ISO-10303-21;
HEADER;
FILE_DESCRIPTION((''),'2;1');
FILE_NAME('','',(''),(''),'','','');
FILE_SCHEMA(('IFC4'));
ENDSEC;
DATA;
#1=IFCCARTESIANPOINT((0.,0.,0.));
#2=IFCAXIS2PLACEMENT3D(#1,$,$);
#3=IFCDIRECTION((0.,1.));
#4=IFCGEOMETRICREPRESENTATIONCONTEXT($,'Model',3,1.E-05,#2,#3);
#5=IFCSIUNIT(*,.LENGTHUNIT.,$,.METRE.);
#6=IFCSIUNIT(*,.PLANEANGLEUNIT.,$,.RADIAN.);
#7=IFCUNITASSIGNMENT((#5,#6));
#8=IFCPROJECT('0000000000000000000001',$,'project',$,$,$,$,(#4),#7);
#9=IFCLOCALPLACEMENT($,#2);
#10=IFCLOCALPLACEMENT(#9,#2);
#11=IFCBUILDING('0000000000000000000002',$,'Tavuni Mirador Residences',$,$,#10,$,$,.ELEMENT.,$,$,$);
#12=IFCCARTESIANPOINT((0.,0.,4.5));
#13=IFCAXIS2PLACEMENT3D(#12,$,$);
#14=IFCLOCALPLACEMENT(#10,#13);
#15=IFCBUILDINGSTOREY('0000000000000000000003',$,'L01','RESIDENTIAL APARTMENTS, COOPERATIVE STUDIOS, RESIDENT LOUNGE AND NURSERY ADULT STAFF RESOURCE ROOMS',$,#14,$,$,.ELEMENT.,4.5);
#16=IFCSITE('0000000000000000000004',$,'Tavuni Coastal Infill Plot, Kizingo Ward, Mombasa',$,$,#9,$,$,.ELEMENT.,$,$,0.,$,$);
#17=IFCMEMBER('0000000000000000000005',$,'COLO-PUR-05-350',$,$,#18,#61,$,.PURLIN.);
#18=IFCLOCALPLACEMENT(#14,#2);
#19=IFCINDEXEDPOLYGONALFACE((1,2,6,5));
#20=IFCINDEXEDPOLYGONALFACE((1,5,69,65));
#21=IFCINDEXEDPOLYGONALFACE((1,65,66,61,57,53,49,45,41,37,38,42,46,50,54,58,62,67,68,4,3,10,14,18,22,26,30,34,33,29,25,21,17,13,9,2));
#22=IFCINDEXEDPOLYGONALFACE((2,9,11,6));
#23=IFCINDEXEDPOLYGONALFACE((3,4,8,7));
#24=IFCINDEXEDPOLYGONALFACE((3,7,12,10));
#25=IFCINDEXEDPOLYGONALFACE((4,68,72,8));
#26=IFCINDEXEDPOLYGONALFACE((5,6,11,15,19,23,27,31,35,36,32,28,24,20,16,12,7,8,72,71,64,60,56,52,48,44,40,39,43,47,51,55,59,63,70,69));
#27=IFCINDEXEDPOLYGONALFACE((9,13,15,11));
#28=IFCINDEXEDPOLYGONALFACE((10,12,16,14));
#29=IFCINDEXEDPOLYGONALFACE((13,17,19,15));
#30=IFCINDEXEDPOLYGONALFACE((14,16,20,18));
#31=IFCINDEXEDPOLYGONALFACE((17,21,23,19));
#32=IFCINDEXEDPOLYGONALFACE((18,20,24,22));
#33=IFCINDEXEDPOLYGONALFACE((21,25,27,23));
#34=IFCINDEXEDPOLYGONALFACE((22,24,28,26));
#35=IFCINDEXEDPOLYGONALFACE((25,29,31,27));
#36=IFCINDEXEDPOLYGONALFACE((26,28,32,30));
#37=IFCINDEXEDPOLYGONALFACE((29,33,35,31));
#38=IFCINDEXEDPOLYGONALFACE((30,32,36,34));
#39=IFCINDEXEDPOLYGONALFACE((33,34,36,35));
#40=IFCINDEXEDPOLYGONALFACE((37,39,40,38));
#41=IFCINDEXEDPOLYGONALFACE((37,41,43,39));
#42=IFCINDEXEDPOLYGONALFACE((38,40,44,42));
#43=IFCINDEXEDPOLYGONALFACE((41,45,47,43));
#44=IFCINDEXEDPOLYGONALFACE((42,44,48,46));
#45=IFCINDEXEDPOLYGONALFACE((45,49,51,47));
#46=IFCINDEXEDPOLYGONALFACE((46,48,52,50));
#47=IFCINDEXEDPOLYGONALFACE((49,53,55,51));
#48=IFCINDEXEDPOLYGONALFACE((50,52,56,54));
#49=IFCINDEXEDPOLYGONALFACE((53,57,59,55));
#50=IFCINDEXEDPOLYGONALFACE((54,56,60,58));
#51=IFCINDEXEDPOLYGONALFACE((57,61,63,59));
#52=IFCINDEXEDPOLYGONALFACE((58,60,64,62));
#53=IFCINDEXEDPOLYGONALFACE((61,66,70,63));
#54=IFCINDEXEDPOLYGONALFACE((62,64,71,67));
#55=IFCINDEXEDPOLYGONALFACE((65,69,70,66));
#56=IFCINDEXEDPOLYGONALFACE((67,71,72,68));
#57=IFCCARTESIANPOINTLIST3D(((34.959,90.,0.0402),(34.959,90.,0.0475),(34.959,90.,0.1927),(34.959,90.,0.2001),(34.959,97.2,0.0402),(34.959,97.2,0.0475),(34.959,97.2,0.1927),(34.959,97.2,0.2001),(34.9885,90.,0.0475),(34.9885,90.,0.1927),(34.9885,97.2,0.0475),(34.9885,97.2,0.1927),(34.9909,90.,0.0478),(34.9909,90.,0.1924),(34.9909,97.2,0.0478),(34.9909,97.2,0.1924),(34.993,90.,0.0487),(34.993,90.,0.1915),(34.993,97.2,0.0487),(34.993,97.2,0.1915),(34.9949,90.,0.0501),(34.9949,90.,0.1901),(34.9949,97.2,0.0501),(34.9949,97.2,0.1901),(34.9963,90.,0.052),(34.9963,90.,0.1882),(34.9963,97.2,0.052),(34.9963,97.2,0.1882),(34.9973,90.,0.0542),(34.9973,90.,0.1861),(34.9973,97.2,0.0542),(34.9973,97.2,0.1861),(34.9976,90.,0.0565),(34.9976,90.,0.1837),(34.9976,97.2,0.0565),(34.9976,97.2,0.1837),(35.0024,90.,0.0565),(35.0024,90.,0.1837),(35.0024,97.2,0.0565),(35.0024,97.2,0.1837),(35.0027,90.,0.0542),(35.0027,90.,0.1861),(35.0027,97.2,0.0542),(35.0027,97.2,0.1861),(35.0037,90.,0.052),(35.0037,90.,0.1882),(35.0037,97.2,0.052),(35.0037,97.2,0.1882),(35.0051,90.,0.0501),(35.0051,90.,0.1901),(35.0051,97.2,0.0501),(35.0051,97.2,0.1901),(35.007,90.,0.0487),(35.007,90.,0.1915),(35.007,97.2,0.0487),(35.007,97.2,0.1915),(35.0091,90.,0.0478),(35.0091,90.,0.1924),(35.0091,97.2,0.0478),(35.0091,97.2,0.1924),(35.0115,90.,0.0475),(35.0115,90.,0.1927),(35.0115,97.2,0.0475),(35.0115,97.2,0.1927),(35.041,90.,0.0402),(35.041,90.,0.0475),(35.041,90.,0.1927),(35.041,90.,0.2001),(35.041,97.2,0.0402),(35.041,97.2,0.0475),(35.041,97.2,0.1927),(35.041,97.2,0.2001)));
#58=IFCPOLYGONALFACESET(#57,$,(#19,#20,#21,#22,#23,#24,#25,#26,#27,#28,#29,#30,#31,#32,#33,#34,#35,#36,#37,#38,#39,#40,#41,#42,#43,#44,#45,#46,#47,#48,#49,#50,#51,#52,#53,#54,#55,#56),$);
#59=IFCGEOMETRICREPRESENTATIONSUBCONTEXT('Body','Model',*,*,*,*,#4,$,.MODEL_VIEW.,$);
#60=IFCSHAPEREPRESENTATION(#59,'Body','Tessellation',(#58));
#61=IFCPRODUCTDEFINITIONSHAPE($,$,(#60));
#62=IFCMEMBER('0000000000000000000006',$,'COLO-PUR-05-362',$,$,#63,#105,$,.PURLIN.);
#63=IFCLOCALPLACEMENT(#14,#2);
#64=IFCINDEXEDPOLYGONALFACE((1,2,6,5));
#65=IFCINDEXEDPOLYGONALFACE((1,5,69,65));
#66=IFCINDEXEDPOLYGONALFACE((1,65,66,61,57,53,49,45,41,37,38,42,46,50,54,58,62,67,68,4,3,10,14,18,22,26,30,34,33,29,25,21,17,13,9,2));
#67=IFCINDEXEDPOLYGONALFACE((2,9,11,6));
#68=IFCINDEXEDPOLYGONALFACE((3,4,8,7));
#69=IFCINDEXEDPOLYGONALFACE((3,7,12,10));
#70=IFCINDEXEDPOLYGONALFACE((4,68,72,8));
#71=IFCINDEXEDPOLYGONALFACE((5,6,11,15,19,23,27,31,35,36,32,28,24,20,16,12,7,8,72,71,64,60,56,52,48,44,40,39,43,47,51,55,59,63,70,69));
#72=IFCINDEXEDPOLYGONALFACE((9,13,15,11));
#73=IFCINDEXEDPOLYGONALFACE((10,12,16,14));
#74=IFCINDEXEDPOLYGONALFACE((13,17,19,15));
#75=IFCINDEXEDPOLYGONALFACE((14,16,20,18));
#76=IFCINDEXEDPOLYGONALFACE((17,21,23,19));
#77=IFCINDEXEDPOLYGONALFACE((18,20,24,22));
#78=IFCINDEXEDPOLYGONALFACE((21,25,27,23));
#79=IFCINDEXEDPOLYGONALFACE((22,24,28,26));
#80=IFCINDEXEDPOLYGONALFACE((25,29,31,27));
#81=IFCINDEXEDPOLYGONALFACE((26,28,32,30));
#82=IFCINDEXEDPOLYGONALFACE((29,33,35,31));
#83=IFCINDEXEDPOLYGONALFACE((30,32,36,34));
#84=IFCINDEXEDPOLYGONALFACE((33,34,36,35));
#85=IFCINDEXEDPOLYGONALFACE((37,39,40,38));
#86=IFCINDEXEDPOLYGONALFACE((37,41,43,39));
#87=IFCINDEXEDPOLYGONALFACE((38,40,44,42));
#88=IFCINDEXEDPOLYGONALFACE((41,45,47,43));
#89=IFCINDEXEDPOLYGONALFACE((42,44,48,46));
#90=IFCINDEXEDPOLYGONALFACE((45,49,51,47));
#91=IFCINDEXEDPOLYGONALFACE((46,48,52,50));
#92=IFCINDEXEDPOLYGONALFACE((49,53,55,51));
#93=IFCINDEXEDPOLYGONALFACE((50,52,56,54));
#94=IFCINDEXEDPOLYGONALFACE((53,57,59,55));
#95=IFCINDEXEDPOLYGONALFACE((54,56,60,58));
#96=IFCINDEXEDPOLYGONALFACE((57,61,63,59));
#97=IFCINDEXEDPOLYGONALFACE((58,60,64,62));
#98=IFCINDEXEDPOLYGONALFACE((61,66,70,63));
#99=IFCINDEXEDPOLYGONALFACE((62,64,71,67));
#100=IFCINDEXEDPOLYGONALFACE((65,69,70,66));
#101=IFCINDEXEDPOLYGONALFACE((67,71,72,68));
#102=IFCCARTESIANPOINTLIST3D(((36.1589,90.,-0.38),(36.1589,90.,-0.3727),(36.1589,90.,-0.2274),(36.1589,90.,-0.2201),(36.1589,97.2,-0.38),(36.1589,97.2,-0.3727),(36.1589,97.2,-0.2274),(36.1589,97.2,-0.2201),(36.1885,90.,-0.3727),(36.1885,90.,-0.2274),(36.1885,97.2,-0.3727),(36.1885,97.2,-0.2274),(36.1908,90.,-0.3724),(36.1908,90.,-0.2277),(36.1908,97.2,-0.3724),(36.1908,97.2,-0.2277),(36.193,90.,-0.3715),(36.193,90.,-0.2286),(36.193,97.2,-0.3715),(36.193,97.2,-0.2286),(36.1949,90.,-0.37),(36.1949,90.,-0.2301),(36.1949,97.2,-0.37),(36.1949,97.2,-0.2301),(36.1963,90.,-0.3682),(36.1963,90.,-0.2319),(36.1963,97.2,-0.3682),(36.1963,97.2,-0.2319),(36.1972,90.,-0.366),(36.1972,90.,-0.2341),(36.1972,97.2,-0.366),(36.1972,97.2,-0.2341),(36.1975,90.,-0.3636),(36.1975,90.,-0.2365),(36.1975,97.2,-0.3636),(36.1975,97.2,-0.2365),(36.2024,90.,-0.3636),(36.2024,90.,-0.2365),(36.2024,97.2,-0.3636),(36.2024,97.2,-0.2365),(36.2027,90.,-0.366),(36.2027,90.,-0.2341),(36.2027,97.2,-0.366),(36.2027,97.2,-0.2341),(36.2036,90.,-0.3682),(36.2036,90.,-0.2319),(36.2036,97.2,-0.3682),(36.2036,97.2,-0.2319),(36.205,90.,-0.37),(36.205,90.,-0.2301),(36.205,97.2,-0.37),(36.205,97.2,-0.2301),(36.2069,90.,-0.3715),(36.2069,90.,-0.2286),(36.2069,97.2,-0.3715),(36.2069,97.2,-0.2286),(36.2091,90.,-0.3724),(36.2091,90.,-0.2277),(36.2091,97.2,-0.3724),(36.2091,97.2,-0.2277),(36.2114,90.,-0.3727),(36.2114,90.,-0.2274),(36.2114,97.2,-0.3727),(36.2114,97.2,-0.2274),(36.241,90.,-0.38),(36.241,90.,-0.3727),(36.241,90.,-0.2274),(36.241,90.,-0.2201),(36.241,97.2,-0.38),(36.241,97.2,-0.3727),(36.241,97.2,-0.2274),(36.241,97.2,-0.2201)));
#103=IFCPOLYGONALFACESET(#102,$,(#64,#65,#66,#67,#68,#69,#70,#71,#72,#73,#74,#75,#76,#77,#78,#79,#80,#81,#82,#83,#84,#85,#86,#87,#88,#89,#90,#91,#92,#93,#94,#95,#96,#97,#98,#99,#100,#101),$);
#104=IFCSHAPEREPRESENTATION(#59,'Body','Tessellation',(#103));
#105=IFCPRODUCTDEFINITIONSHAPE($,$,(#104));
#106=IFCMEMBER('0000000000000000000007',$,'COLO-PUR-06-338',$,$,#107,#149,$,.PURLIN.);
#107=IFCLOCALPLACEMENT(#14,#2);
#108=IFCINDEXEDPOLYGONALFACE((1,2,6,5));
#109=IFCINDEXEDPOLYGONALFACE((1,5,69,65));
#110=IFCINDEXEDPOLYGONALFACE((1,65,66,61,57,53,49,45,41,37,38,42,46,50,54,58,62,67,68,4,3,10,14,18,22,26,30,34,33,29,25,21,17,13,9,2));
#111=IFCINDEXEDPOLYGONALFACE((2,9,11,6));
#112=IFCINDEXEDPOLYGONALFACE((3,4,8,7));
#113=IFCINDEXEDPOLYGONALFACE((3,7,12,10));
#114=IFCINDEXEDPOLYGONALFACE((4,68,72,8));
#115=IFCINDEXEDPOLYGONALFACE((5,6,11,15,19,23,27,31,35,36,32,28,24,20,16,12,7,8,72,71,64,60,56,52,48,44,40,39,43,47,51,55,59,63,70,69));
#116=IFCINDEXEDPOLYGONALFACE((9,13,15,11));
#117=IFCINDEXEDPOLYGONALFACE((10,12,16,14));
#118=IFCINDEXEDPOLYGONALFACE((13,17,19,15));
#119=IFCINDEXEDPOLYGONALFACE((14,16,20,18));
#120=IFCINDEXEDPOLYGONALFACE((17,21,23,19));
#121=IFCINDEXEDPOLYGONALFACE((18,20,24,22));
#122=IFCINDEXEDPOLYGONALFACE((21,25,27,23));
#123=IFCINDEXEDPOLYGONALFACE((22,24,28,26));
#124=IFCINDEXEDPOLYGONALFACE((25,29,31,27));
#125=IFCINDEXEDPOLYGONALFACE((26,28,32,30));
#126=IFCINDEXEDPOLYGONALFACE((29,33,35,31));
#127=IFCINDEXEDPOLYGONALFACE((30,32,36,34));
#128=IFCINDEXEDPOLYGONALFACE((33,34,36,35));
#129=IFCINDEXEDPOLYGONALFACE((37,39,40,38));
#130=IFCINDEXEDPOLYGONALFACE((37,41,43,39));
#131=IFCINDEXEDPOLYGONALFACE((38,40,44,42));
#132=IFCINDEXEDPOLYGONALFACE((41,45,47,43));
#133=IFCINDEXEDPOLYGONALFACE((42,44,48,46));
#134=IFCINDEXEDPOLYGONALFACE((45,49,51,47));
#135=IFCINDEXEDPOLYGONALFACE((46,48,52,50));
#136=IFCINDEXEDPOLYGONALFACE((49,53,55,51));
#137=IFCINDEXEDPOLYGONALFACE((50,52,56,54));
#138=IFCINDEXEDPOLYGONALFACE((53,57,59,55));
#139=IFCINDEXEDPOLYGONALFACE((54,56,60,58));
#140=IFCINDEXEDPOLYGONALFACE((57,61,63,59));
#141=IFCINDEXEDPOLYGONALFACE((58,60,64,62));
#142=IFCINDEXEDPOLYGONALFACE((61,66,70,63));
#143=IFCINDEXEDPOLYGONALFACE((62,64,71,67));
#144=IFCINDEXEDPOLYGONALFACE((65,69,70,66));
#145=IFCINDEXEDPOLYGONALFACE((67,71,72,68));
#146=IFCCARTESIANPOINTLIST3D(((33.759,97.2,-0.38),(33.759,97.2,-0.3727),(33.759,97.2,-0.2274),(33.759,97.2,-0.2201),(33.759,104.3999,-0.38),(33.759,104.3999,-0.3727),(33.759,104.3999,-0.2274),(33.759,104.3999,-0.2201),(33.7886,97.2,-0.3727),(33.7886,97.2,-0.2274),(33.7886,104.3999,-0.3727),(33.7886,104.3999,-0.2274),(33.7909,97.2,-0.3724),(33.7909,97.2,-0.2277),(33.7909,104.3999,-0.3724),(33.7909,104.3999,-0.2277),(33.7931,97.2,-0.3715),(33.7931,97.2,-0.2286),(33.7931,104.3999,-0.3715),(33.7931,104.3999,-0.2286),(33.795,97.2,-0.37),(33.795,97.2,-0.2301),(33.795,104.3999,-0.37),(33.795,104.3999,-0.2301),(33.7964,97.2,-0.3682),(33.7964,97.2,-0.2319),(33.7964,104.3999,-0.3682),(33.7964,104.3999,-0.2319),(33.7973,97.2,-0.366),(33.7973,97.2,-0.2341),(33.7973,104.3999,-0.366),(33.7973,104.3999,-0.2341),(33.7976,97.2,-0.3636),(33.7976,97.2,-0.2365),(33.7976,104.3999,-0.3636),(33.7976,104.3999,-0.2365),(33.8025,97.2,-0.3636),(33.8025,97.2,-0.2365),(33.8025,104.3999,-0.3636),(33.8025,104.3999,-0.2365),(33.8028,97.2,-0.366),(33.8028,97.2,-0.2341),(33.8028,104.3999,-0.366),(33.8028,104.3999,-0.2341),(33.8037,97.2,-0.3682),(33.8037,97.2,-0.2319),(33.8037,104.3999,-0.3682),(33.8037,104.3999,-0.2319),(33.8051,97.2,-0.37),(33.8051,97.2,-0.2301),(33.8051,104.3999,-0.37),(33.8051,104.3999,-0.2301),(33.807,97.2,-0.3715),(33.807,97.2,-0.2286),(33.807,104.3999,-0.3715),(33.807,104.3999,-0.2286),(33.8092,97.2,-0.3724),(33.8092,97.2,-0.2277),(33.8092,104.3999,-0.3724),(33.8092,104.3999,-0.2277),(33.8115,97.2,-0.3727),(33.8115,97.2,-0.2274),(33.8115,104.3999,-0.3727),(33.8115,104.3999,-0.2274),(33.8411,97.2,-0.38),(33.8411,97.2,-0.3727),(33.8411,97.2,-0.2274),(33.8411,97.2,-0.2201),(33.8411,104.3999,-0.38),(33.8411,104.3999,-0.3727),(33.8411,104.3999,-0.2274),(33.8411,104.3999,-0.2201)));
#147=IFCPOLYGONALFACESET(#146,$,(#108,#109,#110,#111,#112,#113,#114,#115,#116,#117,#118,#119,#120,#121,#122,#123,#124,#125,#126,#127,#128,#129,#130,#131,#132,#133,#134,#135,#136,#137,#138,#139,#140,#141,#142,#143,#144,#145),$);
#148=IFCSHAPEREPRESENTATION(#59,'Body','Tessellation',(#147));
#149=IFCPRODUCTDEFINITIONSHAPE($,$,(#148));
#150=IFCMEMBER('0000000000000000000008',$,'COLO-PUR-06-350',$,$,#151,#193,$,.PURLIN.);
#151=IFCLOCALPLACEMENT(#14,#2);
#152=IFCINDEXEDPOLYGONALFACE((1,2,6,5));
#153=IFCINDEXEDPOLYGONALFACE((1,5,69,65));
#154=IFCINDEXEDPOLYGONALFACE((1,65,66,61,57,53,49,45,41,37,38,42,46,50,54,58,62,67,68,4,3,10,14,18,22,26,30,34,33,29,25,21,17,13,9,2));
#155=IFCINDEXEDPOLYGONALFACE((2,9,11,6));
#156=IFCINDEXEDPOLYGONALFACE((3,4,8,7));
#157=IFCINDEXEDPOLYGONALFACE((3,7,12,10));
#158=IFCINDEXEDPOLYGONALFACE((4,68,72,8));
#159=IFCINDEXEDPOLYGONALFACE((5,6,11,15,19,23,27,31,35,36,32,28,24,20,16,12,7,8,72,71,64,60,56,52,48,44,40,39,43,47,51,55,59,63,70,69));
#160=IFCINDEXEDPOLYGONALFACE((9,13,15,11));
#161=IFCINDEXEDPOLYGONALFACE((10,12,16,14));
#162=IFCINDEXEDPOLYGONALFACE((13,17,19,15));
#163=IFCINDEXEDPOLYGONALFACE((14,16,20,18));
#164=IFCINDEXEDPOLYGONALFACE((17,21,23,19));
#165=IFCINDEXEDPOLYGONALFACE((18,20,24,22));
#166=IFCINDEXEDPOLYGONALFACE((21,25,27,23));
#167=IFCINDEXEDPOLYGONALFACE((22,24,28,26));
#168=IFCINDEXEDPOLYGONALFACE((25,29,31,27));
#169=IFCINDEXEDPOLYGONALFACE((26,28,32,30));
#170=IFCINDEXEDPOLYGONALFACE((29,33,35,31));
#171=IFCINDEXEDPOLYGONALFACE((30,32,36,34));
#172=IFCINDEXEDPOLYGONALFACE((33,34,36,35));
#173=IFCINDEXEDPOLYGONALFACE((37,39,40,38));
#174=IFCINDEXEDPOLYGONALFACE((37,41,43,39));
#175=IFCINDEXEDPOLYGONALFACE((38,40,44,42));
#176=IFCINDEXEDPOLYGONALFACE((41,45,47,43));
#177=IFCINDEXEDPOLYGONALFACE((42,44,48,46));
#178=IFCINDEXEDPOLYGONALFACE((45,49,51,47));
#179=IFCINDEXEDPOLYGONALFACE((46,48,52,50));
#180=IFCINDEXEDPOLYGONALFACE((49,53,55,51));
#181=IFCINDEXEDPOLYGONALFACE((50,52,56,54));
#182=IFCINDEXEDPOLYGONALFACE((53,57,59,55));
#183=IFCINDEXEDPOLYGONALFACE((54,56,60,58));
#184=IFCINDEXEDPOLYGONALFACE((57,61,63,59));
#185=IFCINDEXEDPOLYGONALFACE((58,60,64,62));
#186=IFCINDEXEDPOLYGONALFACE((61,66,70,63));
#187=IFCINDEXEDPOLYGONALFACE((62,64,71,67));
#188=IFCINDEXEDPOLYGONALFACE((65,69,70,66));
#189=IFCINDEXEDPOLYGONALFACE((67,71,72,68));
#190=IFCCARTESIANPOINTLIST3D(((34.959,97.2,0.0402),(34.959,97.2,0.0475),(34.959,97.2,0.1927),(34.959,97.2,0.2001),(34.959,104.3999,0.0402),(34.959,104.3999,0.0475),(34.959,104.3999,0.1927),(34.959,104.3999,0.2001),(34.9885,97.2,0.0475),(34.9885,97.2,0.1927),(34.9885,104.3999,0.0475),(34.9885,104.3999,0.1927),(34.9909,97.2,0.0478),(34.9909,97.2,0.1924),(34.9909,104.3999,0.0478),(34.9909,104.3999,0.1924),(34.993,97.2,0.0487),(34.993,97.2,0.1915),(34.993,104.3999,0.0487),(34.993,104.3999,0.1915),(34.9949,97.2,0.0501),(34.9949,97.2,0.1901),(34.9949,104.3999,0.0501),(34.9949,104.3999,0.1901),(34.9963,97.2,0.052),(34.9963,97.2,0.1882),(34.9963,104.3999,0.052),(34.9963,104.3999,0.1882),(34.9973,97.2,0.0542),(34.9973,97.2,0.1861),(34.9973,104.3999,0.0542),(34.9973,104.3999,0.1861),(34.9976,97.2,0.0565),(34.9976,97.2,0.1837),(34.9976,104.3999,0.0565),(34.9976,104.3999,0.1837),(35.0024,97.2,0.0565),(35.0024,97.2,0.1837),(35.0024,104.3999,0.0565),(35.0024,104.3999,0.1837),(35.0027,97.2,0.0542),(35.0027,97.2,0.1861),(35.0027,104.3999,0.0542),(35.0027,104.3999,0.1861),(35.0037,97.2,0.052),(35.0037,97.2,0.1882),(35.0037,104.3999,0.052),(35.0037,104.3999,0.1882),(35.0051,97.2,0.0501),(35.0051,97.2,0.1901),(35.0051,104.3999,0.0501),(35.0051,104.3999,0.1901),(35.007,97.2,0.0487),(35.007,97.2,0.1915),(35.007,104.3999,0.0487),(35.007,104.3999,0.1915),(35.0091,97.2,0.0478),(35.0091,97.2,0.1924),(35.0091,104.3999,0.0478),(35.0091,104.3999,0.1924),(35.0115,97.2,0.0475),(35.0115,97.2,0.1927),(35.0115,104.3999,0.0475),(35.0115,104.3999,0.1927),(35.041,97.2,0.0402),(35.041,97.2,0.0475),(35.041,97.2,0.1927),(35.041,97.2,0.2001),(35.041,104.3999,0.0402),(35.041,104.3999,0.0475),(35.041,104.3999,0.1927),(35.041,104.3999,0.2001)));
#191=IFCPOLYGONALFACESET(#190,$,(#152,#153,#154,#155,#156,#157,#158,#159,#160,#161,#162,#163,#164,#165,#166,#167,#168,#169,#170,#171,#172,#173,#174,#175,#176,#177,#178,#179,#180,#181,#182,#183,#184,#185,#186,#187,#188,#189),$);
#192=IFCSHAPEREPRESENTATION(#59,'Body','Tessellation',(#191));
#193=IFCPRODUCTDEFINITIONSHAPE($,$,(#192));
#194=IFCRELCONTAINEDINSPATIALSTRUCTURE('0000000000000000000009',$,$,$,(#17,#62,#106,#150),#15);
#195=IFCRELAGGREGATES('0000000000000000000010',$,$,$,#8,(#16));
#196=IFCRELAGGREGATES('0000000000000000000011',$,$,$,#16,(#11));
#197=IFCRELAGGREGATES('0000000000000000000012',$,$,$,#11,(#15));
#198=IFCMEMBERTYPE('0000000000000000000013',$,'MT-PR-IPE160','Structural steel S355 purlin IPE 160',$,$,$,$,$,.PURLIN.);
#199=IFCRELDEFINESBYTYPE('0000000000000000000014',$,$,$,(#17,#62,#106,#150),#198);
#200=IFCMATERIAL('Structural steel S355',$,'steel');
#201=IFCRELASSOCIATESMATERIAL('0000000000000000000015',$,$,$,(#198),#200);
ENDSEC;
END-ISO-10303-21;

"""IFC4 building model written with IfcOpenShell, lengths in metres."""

from ifc_helpers import new_model, si_unit, direction, frame, origin, origin_2d, place, context, subcontext, project, spatial, i_section, extrude, material, material_profile, profile_set, type_object, element, save


model = new_model("IFC4")

# Units and contexts
model_context = context("Model", 3, precision=1e-05, world=origin(), true_north=direction((0.0, 1.0)))
body_context = subcontext(model_context, "Body", "Model", "MODEL_VIEW")
ifc_project = project(units=[si_unit("LENGTHUNIT", "METRE"), si_unit("PLANEANGLEUNIT", "RADIAN")], contexts=[model_context])

# Site, building, storey
site_placement = place(None, origin())
site = spatial("IfcSite", under=ifc_project, at=site_placement, Name="Tavuni Coastal Infill Plot, Kizingo Ward, Mombasa", CompositionType="ELEMENT", RefElevation=0.0)
building_placement = place(site_placement, origin())
building = spatial("IfcBuilding", under=site, at=building_placement, Name="Tavuni Mirador Residences", CompositionType="ELEMENT")
storey_placement = place(building_placement, frame((0.0, 0.0, 4.5)))
storey = spatial("IfcBuildingStorey", under=building, at=storey_placement, Name="L01", Description="RESIDENTIAL APARTMENTS, COOPERATIVE STUDIOS, RESIDENT LOUNGE AND NURSERY ADULT STAFF RESOURCE ROOMS", CompositionType="ELEMENT", Elevation=4.5)

# Shared definitions
ifc_material_1 = material(Name="Structural steel S355", Category="steel")

# Members
ifc_material_profile_1 = material_profile(ifc_material_1, i_section(OverallWidth=0.082, OverallDepth=0.1599, WebThickness=0.0049, FlangeThickness=0.0073, FilletRadius=0.009, at=origin_2d()), Name="IPE 160", Category="steel")
ifc_profile_set_1 = profile_set([ifc_material_profile_1], Name="Structural steel S355")
member_type_1 = type_object("IfcMemberType", Name="MT-PR-IPE160", Description="Structural steel S355 purlin IPE 160", PredefinedType="PURLIN", material=ifc_profile_set_1)
for number, where, z_axis, x_axis, name in (
    (1, (35.0, 90.0, 0.1201), (0.0, 1.0, 0.0), (-1.0, 0.0, 0.0), "COLO-PUR-05-350"),
    (2, (36.2, 90.0, -0.3), (0.0, 1.0, 0.0), (-1.0, 0.0, 0.0), "COLO-PUR-05-362"),
    (3, (33.8, 97.2, -0.3), (0.0, 1.0, 0.0), (-1.0, 0.0, 0.0), "COLO-PUR-06-338"),
    (4, (35.0, 97.2, 0.1201), (0.0, 1.0, 0.0), (-1.0, 0.0, 0.0), "COLO-PUR-06-350"),
):
    element("IfcMember", number, at=place(storey_placement, frame(where, z_axis=z_axis, x_axis=x_axis)), inside=storey, type_object=member_type_1, Name=name, PredefinedType="PURLIN", context=body_context, shape_type="SweptSolid", body=[
        extrude(i_section(OverallWidth=0.082, OverallDepth=0.1599, WebThickness=0.0049, FlangeThickness=0.0073, FilletRadius=0.009, at=origin_2d()), origin(), (0.0, 0.0, 1.0), 7.2),
    ])

save(model, "model.ifc")
